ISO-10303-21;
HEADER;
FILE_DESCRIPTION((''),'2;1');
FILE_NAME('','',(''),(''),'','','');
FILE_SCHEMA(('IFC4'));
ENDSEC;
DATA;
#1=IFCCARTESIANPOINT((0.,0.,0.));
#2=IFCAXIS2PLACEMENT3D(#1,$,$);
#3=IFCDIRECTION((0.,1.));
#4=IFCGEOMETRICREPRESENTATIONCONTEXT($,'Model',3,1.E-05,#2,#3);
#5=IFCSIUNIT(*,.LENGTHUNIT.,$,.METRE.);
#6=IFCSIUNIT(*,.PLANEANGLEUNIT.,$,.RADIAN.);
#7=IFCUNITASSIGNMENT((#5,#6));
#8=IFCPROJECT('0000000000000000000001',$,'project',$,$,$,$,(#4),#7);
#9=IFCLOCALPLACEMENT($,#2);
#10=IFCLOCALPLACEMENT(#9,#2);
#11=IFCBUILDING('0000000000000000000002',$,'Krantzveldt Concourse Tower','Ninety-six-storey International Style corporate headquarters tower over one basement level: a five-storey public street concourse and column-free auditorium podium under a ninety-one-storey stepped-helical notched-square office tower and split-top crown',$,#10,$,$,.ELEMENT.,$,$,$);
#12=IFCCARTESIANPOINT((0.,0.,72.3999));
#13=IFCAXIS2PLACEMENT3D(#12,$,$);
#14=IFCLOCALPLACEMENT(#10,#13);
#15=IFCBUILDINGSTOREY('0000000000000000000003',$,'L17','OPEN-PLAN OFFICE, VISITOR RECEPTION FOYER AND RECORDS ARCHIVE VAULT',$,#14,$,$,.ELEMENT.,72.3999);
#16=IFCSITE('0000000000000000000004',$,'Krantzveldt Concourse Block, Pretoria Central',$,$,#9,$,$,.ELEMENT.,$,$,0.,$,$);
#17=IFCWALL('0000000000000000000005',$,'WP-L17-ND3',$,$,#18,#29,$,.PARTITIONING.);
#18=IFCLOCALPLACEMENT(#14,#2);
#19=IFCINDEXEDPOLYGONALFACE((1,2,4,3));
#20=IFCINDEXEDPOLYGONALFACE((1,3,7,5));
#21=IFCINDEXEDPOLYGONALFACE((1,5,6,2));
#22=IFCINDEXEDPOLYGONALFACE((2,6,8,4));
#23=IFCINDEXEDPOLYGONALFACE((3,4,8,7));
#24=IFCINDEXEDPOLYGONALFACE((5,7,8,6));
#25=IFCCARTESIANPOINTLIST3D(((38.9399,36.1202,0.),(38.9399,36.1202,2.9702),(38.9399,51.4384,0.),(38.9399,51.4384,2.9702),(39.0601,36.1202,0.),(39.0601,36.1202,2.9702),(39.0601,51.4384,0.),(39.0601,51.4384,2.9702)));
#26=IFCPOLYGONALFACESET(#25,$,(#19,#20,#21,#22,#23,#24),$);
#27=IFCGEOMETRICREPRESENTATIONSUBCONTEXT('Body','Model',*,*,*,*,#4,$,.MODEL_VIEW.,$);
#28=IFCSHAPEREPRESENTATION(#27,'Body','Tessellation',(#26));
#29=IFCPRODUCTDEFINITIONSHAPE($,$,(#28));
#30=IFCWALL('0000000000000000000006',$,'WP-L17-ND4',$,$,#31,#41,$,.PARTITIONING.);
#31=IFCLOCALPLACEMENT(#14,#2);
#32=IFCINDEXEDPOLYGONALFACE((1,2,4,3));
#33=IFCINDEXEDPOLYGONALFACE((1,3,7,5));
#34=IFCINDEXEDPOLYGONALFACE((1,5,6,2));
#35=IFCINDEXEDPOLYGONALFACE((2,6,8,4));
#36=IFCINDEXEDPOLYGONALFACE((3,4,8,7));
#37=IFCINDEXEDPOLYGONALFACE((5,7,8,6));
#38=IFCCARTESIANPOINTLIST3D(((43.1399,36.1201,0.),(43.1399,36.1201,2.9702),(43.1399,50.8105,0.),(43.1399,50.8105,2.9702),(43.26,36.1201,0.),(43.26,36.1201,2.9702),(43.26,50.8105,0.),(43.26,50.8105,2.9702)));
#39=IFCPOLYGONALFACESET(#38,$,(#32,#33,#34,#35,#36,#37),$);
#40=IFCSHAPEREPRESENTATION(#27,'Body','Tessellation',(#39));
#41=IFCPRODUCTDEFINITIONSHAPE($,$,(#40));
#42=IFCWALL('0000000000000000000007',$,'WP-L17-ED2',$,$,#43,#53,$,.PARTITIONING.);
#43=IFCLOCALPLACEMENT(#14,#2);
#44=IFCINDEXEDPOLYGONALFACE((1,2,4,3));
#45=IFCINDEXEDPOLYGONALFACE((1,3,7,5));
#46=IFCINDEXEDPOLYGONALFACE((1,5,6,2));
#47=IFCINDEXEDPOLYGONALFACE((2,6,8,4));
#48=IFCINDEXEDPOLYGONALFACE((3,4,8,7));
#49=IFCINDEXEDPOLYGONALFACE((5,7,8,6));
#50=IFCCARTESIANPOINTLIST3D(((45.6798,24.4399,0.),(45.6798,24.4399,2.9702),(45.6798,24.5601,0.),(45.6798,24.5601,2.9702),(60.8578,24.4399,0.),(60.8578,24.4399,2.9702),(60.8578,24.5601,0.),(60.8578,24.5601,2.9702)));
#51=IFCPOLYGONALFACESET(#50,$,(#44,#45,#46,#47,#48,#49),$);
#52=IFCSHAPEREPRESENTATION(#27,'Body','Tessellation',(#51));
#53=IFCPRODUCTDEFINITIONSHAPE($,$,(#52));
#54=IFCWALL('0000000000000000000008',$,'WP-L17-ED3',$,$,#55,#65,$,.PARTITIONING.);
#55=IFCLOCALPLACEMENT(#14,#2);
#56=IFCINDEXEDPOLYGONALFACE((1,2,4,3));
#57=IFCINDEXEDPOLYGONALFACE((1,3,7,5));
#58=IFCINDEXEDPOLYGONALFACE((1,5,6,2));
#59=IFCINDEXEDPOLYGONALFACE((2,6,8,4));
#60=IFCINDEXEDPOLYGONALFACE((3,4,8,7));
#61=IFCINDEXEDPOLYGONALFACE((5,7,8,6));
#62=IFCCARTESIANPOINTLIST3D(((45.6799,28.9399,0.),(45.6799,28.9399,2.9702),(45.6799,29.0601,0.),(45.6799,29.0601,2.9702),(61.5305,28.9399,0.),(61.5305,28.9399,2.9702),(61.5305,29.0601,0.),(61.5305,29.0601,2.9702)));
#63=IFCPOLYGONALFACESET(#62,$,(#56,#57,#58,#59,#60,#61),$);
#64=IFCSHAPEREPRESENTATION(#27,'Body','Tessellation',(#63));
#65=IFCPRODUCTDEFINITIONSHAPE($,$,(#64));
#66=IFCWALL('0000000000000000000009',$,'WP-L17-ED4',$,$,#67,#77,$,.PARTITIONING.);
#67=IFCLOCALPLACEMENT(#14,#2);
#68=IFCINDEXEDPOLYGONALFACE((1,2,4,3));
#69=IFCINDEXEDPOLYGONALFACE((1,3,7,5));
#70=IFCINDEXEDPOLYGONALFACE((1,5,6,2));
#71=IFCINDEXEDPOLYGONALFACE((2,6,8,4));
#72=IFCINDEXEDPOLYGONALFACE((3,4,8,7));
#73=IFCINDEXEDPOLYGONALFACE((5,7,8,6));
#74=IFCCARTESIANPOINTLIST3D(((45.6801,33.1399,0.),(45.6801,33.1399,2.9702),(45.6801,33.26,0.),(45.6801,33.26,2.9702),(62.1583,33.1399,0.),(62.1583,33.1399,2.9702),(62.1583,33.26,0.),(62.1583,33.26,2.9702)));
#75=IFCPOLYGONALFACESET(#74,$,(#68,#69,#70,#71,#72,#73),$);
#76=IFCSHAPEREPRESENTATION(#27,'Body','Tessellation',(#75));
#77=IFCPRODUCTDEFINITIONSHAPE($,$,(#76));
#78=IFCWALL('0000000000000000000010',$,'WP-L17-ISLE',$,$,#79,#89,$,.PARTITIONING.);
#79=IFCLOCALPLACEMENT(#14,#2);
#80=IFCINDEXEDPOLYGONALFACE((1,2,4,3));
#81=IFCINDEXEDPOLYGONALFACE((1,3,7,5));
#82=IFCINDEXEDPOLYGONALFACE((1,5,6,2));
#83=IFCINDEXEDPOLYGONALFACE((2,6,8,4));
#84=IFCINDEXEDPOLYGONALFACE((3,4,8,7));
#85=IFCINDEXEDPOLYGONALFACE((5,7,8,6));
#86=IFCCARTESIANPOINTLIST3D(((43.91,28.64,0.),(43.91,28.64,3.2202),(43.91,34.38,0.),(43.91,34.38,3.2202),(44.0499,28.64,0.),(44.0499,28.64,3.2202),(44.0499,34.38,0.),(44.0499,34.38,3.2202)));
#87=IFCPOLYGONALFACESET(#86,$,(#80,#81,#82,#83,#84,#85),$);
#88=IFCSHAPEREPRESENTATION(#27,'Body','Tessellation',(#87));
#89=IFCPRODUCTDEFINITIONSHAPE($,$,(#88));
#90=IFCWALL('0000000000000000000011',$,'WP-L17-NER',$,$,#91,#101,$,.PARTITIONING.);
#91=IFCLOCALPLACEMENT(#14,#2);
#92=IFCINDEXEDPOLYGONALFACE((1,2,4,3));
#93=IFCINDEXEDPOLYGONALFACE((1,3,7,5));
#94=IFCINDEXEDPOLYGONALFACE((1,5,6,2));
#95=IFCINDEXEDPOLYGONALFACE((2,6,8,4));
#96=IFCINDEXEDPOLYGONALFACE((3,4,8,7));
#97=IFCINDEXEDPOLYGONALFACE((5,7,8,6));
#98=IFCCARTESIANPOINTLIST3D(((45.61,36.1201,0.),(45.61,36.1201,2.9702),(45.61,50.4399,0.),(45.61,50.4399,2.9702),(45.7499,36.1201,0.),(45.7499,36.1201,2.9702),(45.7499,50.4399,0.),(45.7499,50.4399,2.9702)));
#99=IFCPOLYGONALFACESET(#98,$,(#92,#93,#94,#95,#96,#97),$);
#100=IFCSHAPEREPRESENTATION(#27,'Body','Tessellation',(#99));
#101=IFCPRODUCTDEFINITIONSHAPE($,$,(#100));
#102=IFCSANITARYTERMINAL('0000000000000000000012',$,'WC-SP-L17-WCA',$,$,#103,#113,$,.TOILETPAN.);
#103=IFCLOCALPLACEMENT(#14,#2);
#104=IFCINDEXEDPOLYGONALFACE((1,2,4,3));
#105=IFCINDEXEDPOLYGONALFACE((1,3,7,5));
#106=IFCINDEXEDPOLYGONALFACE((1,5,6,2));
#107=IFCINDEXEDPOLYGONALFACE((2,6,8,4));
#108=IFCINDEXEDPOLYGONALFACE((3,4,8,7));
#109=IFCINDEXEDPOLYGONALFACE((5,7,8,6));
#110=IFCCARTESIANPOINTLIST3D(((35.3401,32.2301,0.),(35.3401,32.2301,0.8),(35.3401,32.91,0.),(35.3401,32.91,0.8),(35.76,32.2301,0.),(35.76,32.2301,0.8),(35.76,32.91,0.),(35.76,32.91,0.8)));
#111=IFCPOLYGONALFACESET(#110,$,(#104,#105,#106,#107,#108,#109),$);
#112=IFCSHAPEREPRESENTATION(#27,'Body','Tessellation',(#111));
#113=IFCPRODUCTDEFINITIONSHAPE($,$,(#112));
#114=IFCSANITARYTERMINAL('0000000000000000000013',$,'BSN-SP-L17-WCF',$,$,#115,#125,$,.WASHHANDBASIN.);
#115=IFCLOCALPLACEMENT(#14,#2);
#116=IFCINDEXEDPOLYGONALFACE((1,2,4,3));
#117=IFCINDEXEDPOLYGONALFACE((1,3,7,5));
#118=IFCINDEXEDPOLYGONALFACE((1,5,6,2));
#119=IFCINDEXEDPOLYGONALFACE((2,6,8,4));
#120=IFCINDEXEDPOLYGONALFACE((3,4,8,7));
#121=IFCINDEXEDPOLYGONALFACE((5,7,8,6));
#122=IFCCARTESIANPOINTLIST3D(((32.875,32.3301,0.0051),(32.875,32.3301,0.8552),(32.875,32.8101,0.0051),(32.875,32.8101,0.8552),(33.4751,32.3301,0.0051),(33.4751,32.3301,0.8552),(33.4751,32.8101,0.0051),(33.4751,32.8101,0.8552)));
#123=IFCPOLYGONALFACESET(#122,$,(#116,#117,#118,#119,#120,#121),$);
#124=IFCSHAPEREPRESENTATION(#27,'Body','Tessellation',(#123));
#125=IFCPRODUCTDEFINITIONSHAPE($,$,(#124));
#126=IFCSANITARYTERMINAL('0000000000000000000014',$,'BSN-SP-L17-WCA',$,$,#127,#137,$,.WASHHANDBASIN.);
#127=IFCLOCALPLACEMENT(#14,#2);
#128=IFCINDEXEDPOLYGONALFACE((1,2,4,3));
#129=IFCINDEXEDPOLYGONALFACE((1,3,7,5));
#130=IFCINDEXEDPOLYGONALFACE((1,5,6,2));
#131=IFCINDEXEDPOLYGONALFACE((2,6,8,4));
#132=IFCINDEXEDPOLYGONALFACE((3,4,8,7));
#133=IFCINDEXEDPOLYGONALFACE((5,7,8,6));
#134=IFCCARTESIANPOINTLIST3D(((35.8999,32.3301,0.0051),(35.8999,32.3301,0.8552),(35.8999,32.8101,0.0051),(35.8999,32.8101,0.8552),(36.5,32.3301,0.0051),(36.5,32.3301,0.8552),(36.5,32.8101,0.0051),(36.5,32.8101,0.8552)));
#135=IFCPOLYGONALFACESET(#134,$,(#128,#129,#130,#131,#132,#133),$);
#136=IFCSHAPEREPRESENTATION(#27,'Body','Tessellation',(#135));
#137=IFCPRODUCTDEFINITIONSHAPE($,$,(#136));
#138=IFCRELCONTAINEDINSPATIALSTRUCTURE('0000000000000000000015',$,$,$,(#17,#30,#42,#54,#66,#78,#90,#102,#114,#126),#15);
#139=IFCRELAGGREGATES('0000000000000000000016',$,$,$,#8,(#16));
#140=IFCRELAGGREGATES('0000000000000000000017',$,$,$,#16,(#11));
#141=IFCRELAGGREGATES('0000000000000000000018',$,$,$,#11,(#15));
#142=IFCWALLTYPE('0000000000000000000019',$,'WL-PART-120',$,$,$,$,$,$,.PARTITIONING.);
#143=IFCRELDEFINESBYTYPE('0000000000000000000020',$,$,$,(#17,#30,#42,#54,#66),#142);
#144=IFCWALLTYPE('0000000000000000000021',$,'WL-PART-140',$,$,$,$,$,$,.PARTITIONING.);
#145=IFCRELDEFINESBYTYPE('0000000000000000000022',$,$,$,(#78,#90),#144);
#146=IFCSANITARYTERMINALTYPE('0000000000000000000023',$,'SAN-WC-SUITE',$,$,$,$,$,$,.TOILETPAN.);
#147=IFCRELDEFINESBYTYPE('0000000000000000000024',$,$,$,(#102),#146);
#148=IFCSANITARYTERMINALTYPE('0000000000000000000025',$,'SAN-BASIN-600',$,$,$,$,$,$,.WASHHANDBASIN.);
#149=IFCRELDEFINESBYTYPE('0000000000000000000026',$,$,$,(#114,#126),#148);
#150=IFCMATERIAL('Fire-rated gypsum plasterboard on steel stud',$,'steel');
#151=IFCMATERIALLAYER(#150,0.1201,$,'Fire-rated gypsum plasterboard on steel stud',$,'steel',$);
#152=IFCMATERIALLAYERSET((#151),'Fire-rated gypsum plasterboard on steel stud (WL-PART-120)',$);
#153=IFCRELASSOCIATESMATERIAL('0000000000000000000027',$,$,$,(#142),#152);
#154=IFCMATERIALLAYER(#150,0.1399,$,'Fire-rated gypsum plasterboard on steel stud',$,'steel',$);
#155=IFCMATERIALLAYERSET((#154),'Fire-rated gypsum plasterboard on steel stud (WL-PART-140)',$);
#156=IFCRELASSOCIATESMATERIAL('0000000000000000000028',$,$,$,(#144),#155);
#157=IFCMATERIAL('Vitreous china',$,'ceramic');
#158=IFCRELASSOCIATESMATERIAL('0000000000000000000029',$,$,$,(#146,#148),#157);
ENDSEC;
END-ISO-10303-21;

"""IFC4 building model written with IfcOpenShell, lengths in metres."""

from ifc_helpers import new_model, si_unit, direction, frame, frame_2d, origin, origin_2d, place, context, subcontext, project, spatial, rectangle, extrude, source, transform, mapped, material, layer, layer_set, type_object, type_shapes, element, save


model = new_model("IFC4")

# Units and contexts
model_context = context("Model", 3, precision=1e-05, world=origin(), true_north=direction((0.0, 1.0)))
body_context = subcontext(model_context, "Body", "Model", "MODEL_VIEW")
ifc_project = project(units=[si_unit("LENGTHUNIT", "METRE"), si_unit("PLANEANGLEUNIT", "RADIAN")], contexts=[model_context])

# Site, building, storey
site_placement = place(None, origin())
site = spatial("IfcSite", under=ifc_project, at=site_placement, Name="Krantzveldt Concourse Block, Pretoria Central", CompositionType="ELEMENT", RefElevation=0.0)
building_placement = place(site_placement, origin())
building = spatial("IfcBuilding", under=site, at=building_placement, Name="Krantzveldt Concourse Tower", Description="Ninety-six-storey International Style corporate headquarters tower over one basement level: a five-storey public street concourse and column-free auditorium podium under a ninety-one-storey stepped-helical notched-square office tower and split-top crown", CompositionType="ELEMENT")
storey_placement = place(building_placement, frame((0.0, 0.0, 72.3999)))
storey = spatial("IfcBuildingStorey", under=building, at=storey_placement, Name="L17", Description="OPEN-PLAN OFFICE, VISITOR RECEPTION FOYER AND RECORDS ARCHIVE VAULT", CompositionType="ELEMENT", Elevation=72.3999)

# Walls
ifc_material_1 = material(Name="Fire-rated gypsum plasterboard on steel stud", Category="steel")
ifc_layer_1 = layer(ifc_material_1, 0.1201, Name="Fire-rated gypsum plasterboard on steel stud", Category="steel")
ifc_layer_set_1 = layer_set([ifc_layer_1], Name="Fire-rated gypsum plasterboard on steel stud (WL-PART-120)")
wall_type_1 = type_object("IfcWallType", Name="WL-PART-120", PredefinedType="PARTITIONING", material=ifc_layer_set_1)
wall_1_placement = place(storey_placement, frame((39.0, 36.1201, 0.0), z_axis=(0.0, 0.0, 1.0), x_axis=(0.0, 1.0, 0.0)))
element("IfcWall", 1, at=wall_1_placement, inside=storey, type_object=wall_type_1, Name="WP-L17-ND3", PredefinedType="PARTITIONING", context=body_context, shape_type="SweptSolid", body=[
    extrude(rectangle(XDim=15.3181, YDim=0.1201, at=frame_2d((7.6592, 0.0))), origin(), (0.0, 0.0, 1.0), 2.9702),
])
wall_2_placement = place(storey_placement, frame((43.2, 36.1201, 0.0), z_axis=(0.0, 0.0, 1.0), x_axis=(0.0, 1.0, 0.0)))
element("IfcWall", 2, at=wall_2_placement, inside=storey, type_object=wall_type_1, Name="WP-L17-ND4", PredefinedType="PARTITIONING", context=body_context, shape_type="SweptSolid", body=[
    extrude(rectangle(XDim=14.6904, YDim=0.1201, at=frame_2d((7.3452, 0.0))), origin(), (0.0, 0.0, 1.0), 2.9702),
])
wall_3_placement = place(storey_placement, frame((45.6799, 24.5, 0.0), z_axis=(0.0, 0.0, 1.0), x_axis=(1.0, 0.0, 0.0)))
element("IfcWall", 3, at=wall_3_placement, inside=storey, type_object=wall_type_1, Name="WP-L17-ED2", PredefinedType="PARTITIONING", context=body_context, shape_type="SweptSolid", body=[
    extrude(rectangle(XDim=15.178, YDim=0.1201, at=frame_2d((7.5889, 0.0))), origin(), (0.0, 0.0, 1.0), 2.9702),
])
wall_4_placement = place(storey_placement, frame((45.6799, 29.0, 0.0), z_axis=(0.0, 0.0, 1.0), x_axis=(1.0, 0.0, 0.0)))
element("IfcWall", 4, at=wall_4_placement, inside=storey, type_object=wall_type_1, Name="WP-L17-ED3", PredefinedType="PARTITIONING", context=body_context, shape_type="SweptSolid", body=[
    extrude(rectangle(XDim=15.8506, YDim=0.1201, at=frame_2d((7.9253, 0.0))), origin(), (0.0, 0.0, 1.0), 2.9702),
])
wall_5_placement = place(storey_placement, frame((45.6799, 33.2, 0.0), z_axis=(0.0, 0.0, 1.0), x_axis=(1.0, 0.0, 0.0)))
element("IfcWall", 5, at=wall_5_placement, inside=storey, type_object=wall_type_1, Name="WP-L17-ED4", PredefinedType="PARTITIONING", context=body_context, shape_type="SweptSolid", body=[
    extrude(rectangle(XDim=16.4783, YDim=0.1201, at=frame_2d((8.2393, 0.0))), origin(), (0.0, 0.0, 1.0), 2.9702),
])
ifc_layer_2 = layer(ifc_material_1, 0.1399, Name="Fire-rated gypsum plasterboard on steel stud", Category="steel")
ifc_layer_set_2 = layer_set([ifc_layer_2], Name="Fire-rated gypsum plasterboard on steel stud (WL-PART-140)")
wall_type_2 = type_object("IfcWallType", Name="WL-PART-140", PredefinedType="PARTITIONING", material=ifc_layer_set_2)
wall_6_placement = place(storey_placement, frame((43.98, 28.6399, 0.0), z_axis=(0.0, 0.0, 1.0), x_axis=(0.0, 1.0, 0.0)))
element("IfcWall", 6, at=wall_6_placement, inside=storey, type_object=wall_type_2, Name="WP-L17-ISLE", PredefinedType="PARTITIONING", context=body_context, shape_type="SweptSolid", body=[
    extrude(rectangle(XDim=5.74, YDim=0.1399, at=frame_2d((2.8701, 0.0))), origin(), (0.0, 0.0, 1.0), 3.2202),
])
wall_7_placement = place(storey_placement, frame((45.6799, 36.1201, 0.0), z_axis=(0.0, 0.0, 1.0), x_axis=(0.0, 1.0, 0.0)))
element("IfcWall", 7, at=wall_7_placement, inside=storey, type_object=wall_type_2, Name="WP-L17-NER", PredefinedType="PARTITIONING", context=body_context, shape_type="SweptSolid", body=[
    extrude(rectangle(XDim=14.3198, YDim=0.1399, at=frame_2d((7.1599, 0.0))), origin(), (0.0, 0.0, 1.0), 2.9702),
])

# Sanitary terminals
ifc_material_2 = material(Name="Vitreous china", Category="ceramic")
sanitary_terminal_type_1 = type_object("IfcSanitaryTerminalType", Name="SAN-WC-SUITE", PredefinedType="TOILETPAN", material=ifc_material_2)
shared_shape_1 = source(origin(), body_context, "Body", "SweptSolid", [
    extrude(rectangle(XDim=0.4199, YDim=0.6799, at=origin_2d()), origin(), (0.0, 0.0, 1.0), 0.8),
])
type_shapes(sanitary_terminal_type_1, [shared_shape_1])
sanitary_terminal_placement = place(storey_placement, frame((35.55, 32.5701, 0.0), z_axis=(0.0, 0.0, 1.0), x_axis=(1.0, 0.0, 0.0)))
element("IfcSanitaryTerminal", 8, at=sanitary_terminal_placement, inside=storey, type_object=sanitary_terminal_type_1, Name="WC-SP-L17-WCA", PredefinedType="TOILETPAN", context=body_context, shape_type="MappedRepresentation", body=[
    mapped(shared_shape_1, transform((0.0, 0.0, 0.0), x_axis=(1.0, 0.0, 0.0), y_axis=(0.0, 1.0, 0.0), z_axis=(0.0, 0.0, 1.0), scale=1.0)),
])
sanitary_terminal_type_2 = type_object("IfcSanitaryTerminalType", Name="SAN-BASIN-600", PredefinedType="WASHHANDBASIN", material=ifc_material_2)
shared_shape_2 = source(origin(), body_context, "Body", "SweptSolid", [
    extrude(rectangle(XDim=0.6001, YDim=0.48, at=origin_2d()), origin(), (0.0, 0.0, 1.0), 0.8501),
])
type_shapes(sanitary_terminal_type_2, [shared_shape_2])
for number, where, z_axis, x_axis, name in (
    (9, (33.175, 32.5701, 0.0051), (0.0, 0.0, 1.0), (1.0, 0.0, 0.0), "BSN-SP-L17-WCF"),
    (10, (36.2, 32.5701, 0.0051), (0.0, 0.0, 1.0), (1.0, 0.0, 0.0), "BSN-SP-L17-WCA"),
):
    element("IfcSanitaryTerminal", number, at=place(storey_placement, frame(where, z_axis=z_axis, x_axis=x_axis)), inside=storey, type_object=sanitary_terminal_type_2, Name=name, PredefinedType="WASHHANDBASIN", context=body_context, shape_type="MappedRepresentation", body=[
        mapped(shared_shape_2, transform((0.0, 0.0, 0.0), x_axis=(1.0, 0.0, 0.0), y_axis=(0.0, 1.0, 0.0), z_axis=(0.0, 0.0, 1.0), scale=1.0)),
    ])

save(model, "model.ifc")
